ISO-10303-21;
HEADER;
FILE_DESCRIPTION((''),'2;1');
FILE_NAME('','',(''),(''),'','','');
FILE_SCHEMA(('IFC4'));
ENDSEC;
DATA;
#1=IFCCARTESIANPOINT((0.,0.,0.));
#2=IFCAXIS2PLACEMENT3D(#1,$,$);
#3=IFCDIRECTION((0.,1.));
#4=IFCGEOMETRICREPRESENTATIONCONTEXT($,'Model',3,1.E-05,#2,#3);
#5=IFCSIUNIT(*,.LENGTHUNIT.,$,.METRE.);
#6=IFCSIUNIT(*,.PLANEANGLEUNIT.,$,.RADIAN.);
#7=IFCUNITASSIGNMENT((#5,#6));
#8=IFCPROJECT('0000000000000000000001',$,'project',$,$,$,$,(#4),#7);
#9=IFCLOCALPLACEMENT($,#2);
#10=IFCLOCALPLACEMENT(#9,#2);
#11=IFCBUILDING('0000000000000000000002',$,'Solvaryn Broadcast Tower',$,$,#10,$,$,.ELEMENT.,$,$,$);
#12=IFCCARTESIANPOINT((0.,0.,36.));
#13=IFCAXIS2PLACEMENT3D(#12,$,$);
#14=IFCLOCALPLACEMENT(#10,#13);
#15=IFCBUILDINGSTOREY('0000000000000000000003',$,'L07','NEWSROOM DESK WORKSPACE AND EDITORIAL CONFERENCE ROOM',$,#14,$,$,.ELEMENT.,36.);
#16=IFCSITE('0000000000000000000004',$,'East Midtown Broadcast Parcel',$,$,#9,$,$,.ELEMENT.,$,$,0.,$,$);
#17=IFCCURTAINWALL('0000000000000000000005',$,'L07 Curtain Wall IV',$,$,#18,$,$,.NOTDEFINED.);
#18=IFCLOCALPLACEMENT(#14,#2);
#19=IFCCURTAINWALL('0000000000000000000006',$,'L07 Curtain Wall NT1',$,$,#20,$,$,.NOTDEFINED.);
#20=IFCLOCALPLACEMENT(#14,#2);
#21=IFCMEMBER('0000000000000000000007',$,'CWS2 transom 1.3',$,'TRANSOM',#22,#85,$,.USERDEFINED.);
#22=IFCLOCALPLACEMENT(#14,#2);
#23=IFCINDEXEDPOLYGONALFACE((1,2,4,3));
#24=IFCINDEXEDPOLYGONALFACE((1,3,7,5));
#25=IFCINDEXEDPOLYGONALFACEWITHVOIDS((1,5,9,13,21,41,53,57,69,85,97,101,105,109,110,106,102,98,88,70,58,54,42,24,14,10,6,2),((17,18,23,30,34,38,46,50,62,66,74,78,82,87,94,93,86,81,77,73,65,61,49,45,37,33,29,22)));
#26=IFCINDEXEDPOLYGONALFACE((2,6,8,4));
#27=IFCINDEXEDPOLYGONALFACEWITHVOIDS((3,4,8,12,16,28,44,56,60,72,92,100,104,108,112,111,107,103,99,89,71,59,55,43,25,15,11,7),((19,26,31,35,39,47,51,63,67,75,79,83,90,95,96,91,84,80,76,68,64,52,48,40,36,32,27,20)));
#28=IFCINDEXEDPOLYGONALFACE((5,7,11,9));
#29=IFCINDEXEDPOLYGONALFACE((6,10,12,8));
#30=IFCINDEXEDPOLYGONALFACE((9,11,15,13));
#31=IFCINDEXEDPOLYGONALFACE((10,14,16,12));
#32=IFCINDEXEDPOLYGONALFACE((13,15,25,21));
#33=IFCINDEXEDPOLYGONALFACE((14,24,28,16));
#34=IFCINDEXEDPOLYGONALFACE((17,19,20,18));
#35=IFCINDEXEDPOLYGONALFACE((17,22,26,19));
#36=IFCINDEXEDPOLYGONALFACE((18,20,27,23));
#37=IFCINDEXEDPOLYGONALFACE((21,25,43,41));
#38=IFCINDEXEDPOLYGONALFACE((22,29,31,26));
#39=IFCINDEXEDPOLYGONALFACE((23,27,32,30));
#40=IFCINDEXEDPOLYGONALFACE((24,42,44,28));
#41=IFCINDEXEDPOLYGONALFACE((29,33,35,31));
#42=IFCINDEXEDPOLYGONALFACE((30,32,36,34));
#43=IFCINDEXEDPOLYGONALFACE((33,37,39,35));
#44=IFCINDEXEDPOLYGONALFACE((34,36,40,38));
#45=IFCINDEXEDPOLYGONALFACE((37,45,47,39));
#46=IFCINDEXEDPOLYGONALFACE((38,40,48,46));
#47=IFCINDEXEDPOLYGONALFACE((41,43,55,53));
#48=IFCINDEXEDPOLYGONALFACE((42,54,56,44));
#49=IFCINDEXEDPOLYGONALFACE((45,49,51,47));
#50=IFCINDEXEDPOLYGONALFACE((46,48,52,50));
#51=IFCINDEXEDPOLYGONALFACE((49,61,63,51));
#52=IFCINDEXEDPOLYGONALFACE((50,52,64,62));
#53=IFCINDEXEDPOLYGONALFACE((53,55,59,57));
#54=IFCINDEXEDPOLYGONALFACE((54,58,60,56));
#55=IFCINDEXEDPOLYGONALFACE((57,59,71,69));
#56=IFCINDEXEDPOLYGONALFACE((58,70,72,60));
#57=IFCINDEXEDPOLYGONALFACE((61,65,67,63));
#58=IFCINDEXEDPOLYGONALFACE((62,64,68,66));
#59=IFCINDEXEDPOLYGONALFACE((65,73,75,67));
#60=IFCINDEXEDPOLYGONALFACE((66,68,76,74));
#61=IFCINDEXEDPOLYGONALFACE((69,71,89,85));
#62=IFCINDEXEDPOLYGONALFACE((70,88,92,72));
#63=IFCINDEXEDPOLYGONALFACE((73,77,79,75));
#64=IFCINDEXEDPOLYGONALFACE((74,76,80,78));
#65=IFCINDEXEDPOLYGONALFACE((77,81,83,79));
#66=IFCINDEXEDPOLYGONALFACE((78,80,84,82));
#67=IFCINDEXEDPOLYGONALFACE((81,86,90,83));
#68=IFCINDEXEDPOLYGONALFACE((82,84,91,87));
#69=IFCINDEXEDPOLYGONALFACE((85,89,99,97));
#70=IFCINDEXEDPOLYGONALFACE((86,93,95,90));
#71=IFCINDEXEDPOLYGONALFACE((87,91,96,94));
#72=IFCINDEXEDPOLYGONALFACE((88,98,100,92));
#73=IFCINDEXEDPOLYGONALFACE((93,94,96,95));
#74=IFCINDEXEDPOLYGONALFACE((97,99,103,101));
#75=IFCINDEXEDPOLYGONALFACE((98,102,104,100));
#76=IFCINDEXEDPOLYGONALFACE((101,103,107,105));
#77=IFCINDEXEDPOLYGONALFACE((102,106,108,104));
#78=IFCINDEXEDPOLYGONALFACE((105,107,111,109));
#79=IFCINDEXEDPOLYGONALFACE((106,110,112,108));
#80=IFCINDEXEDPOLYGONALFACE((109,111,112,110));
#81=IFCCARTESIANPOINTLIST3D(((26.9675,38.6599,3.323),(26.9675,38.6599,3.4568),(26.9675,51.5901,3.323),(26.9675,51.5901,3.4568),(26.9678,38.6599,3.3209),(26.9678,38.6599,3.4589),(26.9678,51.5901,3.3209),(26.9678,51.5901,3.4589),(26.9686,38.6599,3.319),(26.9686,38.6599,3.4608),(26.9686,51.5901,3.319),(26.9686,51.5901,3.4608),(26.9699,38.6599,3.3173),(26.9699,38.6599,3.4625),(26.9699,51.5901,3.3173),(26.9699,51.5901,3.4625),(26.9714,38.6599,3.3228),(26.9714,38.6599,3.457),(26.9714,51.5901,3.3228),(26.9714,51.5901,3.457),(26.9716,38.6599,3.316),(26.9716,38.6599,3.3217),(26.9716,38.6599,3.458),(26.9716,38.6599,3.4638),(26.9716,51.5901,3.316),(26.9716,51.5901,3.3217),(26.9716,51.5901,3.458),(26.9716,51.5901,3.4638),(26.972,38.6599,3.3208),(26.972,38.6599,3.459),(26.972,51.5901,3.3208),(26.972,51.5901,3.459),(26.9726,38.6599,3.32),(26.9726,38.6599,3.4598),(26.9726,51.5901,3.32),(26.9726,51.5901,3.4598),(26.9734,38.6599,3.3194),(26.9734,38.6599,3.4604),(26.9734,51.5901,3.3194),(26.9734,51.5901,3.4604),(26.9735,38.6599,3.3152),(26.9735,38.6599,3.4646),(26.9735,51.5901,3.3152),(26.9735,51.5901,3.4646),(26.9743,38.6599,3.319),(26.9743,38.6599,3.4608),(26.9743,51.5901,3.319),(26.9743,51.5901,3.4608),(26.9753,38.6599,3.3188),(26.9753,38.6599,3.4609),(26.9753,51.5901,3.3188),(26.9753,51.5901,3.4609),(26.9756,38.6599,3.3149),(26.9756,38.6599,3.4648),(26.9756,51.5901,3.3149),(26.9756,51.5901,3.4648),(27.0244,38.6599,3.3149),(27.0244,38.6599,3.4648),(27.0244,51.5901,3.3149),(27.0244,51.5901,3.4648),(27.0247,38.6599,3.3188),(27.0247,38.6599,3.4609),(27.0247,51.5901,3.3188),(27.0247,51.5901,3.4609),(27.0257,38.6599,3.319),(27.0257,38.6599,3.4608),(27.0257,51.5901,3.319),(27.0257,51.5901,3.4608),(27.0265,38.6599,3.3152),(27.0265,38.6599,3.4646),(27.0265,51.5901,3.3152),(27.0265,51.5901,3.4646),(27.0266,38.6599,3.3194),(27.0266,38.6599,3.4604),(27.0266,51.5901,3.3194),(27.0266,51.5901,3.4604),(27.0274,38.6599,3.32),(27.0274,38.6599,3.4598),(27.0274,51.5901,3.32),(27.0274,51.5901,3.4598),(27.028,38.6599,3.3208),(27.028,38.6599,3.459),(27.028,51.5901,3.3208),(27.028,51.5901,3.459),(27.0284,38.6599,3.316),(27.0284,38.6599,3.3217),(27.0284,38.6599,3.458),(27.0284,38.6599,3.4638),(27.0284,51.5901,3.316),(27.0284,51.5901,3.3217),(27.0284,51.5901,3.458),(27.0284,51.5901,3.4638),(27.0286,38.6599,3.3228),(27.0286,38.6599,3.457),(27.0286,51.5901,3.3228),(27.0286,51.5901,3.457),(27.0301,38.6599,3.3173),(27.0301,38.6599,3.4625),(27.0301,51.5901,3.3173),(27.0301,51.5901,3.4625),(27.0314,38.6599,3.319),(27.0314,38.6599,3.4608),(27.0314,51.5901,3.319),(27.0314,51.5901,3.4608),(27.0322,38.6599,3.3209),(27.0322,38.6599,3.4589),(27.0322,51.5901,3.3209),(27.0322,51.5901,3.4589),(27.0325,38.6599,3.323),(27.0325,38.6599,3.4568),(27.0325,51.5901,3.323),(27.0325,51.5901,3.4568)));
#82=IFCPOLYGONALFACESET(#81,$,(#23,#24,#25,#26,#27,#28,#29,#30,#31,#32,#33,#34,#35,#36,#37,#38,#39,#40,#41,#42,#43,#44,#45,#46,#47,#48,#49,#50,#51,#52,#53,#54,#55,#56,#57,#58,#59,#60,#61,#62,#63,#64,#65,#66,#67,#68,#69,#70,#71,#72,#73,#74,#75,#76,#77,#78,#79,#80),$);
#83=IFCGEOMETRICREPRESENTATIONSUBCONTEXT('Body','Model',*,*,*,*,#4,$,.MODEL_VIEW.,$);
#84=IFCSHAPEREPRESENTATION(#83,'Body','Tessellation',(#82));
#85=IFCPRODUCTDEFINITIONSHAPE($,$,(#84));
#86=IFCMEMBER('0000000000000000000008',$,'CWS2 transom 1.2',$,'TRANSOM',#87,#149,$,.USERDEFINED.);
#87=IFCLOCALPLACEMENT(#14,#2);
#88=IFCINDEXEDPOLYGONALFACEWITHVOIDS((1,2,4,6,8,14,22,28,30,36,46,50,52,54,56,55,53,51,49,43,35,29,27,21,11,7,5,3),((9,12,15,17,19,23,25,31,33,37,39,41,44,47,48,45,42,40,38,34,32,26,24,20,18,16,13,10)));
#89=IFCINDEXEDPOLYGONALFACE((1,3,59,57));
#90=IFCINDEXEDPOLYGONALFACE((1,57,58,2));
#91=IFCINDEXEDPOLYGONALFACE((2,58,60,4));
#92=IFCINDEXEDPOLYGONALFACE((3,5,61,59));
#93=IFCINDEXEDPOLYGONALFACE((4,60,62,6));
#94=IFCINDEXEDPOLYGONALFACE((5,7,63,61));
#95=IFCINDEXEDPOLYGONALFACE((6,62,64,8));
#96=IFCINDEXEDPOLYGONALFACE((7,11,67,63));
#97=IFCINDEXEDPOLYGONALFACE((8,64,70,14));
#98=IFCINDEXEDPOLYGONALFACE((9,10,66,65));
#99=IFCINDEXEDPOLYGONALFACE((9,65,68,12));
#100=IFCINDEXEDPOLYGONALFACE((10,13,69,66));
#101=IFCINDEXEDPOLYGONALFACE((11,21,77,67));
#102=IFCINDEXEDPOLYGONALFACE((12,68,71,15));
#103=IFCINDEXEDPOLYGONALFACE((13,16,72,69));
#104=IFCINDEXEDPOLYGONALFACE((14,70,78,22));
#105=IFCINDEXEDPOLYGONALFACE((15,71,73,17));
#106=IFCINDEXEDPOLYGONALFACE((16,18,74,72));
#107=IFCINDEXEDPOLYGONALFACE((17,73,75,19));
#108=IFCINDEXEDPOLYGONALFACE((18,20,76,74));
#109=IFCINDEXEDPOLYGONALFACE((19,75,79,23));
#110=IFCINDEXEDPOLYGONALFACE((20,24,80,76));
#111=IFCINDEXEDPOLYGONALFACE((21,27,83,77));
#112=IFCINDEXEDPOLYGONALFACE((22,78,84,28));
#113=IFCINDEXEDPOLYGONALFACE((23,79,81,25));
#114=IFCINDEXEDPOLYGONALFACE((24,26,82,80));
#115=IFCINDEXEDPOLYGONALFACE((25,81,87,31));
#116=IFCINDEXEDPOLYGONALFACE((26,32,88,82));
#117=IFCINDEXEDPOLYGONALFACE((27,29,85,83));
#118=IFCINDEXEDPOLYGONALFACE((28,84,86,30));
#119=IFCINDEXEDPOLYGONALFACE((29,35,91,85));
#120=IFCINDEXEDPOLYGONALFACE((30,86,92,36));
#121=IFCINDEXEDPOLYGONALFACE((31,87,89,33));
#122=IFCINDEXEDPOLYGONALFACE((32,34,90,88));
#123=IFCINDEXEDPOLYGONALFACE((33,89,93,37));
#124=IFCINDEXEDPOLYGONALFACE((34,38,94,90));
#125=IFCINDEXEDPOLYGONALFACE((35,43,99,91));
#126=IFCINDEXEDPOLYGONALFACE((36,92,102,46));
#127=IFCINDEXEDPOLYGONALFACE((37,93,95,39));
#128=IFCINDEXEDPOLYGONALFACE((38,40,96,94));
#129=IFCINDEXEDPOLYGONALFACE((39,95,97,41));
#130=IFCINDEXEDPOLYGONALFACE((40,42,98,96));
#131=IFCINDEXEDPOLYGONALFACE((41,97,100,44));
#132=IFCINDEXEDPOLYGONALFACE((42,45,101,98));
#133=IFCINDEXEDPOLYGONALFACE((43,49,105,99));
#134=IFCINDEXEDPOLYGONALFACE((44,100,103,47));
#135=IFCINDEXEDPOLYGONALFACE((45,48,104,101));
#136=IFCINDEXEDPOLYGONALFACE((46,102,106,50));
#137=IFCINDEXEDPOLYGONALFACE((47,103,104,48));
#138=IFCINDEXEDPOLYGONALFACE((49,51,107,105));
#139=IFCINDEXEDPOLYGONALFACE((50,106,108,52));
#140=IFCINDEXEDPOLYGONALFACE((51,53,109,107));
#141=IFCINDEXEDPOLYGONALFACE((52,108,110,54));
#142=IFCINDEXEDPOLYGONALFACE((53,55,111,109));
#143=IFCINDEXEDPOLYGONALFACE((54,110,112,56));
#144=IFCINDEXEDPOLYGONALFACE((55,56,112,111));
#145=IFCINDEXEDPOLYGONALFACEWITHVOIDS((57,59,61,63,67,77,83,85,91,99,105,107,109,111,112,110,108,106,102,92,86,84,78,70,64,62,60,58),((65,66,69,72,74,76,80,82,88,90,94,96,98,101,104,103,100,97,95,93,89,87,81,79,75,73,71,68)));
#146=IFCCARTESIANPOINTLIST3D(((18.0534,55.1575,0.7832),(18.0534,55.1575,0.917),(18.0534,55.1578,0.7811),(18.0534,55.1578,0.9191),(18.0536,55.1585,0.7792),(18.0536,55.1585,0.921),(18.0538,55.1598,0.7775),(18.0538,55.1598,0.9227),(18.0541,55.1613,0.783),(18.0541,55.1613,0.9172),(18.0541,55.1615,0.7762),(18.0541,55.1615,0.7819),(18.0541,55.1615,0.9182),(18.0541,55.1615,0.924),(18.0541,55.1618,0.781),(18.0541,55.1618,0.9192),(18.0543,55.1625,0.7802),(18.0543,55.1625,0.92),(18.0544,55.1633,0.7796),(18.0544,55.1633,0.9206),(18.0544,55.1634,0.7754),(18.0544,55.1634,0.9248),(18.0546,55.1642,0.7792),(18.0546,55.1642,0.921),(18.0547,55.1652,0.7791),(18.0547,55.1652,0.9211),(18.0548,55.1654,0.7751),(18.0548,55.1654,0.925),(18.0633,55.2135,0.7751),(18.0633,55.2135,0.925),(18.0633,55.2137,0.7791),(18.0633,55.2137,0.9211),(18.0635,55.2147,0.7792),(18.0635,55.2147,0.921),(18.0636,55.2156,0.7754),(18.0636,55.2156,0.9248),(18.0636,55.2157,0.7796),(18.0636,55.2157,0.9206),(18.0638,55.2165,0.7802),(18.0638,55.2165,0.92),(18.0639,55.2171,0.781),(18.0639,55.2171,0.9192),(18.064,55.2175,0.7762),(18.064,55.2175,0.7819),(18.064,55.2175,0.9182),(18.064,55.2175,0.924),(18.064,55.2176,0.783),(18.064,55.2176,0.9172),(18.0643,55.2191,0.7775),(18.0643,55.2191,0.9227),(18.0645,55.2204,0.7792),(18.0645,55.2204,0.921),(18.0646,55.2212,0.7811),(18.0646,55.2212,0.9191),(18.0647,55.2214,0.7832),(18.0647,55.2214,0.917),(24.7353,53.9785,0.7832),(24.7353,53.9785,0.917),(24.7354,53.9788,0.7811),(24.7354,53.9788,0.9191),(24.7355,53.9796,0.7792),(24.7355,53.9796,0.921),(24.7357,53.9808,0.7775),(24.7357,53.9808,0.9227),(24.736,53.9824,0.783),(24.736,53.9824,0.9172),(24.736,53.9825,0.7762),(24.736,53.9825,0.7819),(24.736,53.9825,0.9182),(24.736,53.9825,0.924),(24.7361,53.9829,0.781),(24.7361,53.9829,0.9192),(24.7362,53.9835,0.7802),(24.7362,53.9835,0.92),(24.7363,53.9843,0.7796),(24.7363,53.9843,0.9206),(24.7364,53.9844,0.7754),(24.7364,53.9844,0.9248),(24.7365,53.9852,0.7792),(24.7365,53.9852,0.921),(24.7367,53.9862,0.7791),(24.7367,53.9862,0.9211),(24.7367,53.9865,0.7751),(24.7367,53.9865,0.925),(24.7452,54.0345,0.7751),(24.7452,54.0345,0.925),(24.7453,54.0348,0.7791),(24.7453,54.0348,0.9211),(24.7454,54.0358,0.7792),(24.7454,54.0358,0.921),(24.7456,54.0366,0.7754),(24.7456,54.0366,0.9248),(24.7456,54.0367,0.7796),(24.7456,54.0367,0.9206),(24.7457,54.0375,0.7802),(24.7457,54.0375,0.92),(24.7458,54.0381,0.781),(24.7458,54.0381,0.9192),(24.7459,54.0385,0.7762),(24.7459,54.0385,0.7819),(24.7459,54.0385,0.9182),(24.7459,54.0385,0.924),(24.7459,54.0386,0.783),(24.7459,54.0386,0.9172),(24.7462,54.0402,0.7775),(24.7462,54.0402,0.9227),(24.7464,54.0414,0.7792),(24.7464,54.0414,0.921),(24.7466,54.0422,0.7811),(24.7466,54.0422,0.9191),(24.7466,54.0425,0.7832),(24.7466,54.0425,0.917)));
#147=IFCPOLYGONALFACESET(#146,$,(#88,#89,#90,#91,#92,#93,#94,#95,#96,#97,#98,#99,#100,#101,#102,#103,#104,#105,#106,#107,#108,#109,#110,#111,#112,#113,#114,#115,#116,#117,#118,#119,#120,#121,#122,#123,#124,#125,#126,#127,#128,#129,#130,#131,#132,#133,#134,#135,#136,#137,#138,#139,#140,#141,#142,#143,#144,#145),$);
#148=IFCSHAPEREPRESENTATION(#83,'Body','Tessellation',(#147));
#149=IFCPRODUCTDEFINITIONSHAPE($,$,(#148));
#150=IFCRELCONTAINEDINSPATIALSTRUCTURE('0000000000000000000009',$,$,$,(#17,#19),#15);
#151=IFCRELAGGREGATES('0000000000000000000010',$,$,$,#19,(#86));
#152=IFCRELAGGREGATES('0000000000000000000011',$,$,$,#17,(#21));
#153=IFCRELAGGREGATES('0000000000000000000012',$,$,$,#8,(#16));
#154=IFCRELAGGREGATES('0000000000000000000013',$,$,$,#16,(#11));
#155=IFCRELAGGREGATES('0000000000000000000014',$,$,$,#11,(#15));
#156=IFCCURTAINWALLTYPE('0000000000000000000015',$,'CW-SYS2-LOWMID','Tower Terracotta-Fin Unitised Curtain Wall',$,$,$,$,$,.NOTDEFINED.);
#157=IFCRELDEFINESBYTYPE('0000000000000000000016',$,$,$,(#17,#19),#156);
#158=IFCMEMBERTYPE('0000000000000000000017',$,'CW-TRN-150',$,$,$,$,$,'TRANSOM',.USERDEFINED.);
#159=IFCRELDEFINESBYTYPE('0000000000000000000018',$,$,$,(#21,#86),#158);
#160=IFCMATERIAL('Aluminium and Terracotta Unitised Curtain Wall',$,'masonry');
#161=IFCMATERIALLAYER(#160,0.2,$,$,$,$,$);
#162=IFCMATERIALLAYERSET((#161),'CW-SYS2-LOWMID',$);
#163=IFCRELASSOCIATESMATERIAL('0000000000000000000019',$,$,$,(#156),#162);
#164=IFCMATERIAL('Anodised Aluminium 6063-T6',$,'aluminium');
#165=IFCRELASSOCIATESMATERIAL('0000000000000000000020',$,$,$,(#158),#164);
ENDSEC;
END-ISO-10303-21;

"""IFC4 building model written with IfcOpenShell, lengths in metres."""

from ifc_helpers import new_model, si_unit, direction, frame, origin, origin_2d, place, context, subcontext, project, spatial, hollow_rectangle, extrude, material, layer, layer_set, material_profile, profile_set, type_object, element, aggregate, save


model = new_model("IFC4")

# Units and contexts
model_context = context("Model", 3, precision=1e-05, world=origin(), true_north=direction((0.0, 1.0)))
body_context = subcontext(model_context, "Body", "Model", "MODEL_VIEW")
ifc_project = project(units=[si_unit("LENGTHUNIT", "METRE"), si_unit("PLANEANGLEUNIT", "RADIAN")], contexts=[model_context])

# Site, building, storey
site_placement = place(None, origin())
site = spatial("IfcSite", under=ifc_project, at=site_placement, Name="East Midtown Broadcast Parcel", CompositionType="ELEMENT", RefElevation=0.0)
building_placement = place(site_placement, origin())
building = spatial("IfcBuilding", under=site, at=building_placement, Name="Solvaryn Broadcast Tower", CompositionType="ELEMENT")
storey_placement = place(building_placement, frame((0.0, 0.0, 36.0)))
storey = spatial("IfcBuildingStorey", under=building, at=storey_placement, Name="L07", Description="NEWSROOM DESK WORKSPACE AND EDITORIAL CONFERENCE ROOM", CompositionType="ELEMENT", Elevation=36.0)

# Curtain wall
ifc_material_1 = material(Name="Aluminium and Terracotta Unitised Curtain Wall", Category="masonry")
ifc_layer_1 = layer(ifc_material_1, 0.2)
ifc_layer_set_1 = layer_set([ifc_layer_1], Name="CW-SYS2-LOWMID")
curtain_wall_type = type_object("IfcCurtainWallType", Name="CW-SYS2-LOWMID", Description="Tower Terracotta-Fin Unitised Curtain Wall", PredefinedType="NOTDEFINED", material=ifc_layer_set_1)
curtain_wall_1_placement = place(storey_placement, origin())
curtain_wall_1 = element("IfcCurtainWall", 1, at=curtain_wall_1_placement, inside=storey, type_object=curtain_wall_type, Name="L07 Curtain Wall IV", PredefinedType="NOTDEFINED")

# Curtain wall
curtain_wall_2_placement = place(storey_placement, origin())
curtain_wall_2 = element("IfcCurtainWall", 2, at=curtain_wall_2_placement, inside=storey, type_object=curtain_wall_type, Name="L07 Curtain Wall NT1", PredefinedType="NOTDEFINED")

# Members
ifc_material_2 = material(Name="Anodised Aluminium 6063-T6", Category="aluminium")
ifc_material_profile_1 = material_profile(ifc_material_2, hollow_rectangle(XDim=0.0649, YDim=0.1499, WallThickness=0.0039, InnerFilletRadius=0.0039, OuterFilletRadius=0.0081, at=origin_2d()))
ifc_profile_set_1 = profile_set([ifc_material_profile_1], Name="Anodised Aluminium 6063-T6")
member_type_1 = type_object("IfcMemberType", Name="CW-TRN-150", ElementType="TRANSOM", PredefinedType="USERDEFINED", material=ifc_profile_set_1)
member_1_placement = place(storey_placement, frame((27.0, 51.5901, 3.3899), z_axis=(0.0, -1.0, 0.0), x_axis=(1.0, 0.0, 0.0)))
member_1 = element("IfcMember", 3, at=member_1_placement, type_object=member_type_1, Name="CWS2 transom 1.3", ObjectType="TRANSOM", PredefinedType="USERDEFINED", context=body_context, shape_type="SweptSolid", body=[
    extrude(hollow_rectangle(XDim=0.0649, YDim=0.1499, WallThickness=0.0039, InnerFilletRadius=0.0039, OuterFilletRadius=0.0081, at=origin_2d()), origin(), (0.0, 0.0, 1.0), 12.9302),
])
member_2_placement = place(storey_placement, frame((24.741, 54.0105, 0.8501), z_axis=(-0.984789, 0.173757, 0.0), x_axis=(-0.173757, -0.984789, 0.0)))
member_2 = element("IfcMember", 4, at=member_2_placement, type_object=member_type_1, Name="CWS2 transom 1.2", ObjectType="TRANSOM", PredefinedType="USERDEFINED", context=body_context, shape_type="SweptSolid", body=[
    extrude(hollow_rectangle(XDim=0.0649, YDim=0.1499, WallThickness=0.0039, InnerFilletRadius=0.0039, OuterFilletRadius=0.0081, at=origin_2d()), origin(), (0.0, 0.0, 1.0), 6.7852),
])
aggregate(curtain_wall_2, [member_2])

aggregate(curtain_wall_1, [member_1])

save(model, "model.ifc")
